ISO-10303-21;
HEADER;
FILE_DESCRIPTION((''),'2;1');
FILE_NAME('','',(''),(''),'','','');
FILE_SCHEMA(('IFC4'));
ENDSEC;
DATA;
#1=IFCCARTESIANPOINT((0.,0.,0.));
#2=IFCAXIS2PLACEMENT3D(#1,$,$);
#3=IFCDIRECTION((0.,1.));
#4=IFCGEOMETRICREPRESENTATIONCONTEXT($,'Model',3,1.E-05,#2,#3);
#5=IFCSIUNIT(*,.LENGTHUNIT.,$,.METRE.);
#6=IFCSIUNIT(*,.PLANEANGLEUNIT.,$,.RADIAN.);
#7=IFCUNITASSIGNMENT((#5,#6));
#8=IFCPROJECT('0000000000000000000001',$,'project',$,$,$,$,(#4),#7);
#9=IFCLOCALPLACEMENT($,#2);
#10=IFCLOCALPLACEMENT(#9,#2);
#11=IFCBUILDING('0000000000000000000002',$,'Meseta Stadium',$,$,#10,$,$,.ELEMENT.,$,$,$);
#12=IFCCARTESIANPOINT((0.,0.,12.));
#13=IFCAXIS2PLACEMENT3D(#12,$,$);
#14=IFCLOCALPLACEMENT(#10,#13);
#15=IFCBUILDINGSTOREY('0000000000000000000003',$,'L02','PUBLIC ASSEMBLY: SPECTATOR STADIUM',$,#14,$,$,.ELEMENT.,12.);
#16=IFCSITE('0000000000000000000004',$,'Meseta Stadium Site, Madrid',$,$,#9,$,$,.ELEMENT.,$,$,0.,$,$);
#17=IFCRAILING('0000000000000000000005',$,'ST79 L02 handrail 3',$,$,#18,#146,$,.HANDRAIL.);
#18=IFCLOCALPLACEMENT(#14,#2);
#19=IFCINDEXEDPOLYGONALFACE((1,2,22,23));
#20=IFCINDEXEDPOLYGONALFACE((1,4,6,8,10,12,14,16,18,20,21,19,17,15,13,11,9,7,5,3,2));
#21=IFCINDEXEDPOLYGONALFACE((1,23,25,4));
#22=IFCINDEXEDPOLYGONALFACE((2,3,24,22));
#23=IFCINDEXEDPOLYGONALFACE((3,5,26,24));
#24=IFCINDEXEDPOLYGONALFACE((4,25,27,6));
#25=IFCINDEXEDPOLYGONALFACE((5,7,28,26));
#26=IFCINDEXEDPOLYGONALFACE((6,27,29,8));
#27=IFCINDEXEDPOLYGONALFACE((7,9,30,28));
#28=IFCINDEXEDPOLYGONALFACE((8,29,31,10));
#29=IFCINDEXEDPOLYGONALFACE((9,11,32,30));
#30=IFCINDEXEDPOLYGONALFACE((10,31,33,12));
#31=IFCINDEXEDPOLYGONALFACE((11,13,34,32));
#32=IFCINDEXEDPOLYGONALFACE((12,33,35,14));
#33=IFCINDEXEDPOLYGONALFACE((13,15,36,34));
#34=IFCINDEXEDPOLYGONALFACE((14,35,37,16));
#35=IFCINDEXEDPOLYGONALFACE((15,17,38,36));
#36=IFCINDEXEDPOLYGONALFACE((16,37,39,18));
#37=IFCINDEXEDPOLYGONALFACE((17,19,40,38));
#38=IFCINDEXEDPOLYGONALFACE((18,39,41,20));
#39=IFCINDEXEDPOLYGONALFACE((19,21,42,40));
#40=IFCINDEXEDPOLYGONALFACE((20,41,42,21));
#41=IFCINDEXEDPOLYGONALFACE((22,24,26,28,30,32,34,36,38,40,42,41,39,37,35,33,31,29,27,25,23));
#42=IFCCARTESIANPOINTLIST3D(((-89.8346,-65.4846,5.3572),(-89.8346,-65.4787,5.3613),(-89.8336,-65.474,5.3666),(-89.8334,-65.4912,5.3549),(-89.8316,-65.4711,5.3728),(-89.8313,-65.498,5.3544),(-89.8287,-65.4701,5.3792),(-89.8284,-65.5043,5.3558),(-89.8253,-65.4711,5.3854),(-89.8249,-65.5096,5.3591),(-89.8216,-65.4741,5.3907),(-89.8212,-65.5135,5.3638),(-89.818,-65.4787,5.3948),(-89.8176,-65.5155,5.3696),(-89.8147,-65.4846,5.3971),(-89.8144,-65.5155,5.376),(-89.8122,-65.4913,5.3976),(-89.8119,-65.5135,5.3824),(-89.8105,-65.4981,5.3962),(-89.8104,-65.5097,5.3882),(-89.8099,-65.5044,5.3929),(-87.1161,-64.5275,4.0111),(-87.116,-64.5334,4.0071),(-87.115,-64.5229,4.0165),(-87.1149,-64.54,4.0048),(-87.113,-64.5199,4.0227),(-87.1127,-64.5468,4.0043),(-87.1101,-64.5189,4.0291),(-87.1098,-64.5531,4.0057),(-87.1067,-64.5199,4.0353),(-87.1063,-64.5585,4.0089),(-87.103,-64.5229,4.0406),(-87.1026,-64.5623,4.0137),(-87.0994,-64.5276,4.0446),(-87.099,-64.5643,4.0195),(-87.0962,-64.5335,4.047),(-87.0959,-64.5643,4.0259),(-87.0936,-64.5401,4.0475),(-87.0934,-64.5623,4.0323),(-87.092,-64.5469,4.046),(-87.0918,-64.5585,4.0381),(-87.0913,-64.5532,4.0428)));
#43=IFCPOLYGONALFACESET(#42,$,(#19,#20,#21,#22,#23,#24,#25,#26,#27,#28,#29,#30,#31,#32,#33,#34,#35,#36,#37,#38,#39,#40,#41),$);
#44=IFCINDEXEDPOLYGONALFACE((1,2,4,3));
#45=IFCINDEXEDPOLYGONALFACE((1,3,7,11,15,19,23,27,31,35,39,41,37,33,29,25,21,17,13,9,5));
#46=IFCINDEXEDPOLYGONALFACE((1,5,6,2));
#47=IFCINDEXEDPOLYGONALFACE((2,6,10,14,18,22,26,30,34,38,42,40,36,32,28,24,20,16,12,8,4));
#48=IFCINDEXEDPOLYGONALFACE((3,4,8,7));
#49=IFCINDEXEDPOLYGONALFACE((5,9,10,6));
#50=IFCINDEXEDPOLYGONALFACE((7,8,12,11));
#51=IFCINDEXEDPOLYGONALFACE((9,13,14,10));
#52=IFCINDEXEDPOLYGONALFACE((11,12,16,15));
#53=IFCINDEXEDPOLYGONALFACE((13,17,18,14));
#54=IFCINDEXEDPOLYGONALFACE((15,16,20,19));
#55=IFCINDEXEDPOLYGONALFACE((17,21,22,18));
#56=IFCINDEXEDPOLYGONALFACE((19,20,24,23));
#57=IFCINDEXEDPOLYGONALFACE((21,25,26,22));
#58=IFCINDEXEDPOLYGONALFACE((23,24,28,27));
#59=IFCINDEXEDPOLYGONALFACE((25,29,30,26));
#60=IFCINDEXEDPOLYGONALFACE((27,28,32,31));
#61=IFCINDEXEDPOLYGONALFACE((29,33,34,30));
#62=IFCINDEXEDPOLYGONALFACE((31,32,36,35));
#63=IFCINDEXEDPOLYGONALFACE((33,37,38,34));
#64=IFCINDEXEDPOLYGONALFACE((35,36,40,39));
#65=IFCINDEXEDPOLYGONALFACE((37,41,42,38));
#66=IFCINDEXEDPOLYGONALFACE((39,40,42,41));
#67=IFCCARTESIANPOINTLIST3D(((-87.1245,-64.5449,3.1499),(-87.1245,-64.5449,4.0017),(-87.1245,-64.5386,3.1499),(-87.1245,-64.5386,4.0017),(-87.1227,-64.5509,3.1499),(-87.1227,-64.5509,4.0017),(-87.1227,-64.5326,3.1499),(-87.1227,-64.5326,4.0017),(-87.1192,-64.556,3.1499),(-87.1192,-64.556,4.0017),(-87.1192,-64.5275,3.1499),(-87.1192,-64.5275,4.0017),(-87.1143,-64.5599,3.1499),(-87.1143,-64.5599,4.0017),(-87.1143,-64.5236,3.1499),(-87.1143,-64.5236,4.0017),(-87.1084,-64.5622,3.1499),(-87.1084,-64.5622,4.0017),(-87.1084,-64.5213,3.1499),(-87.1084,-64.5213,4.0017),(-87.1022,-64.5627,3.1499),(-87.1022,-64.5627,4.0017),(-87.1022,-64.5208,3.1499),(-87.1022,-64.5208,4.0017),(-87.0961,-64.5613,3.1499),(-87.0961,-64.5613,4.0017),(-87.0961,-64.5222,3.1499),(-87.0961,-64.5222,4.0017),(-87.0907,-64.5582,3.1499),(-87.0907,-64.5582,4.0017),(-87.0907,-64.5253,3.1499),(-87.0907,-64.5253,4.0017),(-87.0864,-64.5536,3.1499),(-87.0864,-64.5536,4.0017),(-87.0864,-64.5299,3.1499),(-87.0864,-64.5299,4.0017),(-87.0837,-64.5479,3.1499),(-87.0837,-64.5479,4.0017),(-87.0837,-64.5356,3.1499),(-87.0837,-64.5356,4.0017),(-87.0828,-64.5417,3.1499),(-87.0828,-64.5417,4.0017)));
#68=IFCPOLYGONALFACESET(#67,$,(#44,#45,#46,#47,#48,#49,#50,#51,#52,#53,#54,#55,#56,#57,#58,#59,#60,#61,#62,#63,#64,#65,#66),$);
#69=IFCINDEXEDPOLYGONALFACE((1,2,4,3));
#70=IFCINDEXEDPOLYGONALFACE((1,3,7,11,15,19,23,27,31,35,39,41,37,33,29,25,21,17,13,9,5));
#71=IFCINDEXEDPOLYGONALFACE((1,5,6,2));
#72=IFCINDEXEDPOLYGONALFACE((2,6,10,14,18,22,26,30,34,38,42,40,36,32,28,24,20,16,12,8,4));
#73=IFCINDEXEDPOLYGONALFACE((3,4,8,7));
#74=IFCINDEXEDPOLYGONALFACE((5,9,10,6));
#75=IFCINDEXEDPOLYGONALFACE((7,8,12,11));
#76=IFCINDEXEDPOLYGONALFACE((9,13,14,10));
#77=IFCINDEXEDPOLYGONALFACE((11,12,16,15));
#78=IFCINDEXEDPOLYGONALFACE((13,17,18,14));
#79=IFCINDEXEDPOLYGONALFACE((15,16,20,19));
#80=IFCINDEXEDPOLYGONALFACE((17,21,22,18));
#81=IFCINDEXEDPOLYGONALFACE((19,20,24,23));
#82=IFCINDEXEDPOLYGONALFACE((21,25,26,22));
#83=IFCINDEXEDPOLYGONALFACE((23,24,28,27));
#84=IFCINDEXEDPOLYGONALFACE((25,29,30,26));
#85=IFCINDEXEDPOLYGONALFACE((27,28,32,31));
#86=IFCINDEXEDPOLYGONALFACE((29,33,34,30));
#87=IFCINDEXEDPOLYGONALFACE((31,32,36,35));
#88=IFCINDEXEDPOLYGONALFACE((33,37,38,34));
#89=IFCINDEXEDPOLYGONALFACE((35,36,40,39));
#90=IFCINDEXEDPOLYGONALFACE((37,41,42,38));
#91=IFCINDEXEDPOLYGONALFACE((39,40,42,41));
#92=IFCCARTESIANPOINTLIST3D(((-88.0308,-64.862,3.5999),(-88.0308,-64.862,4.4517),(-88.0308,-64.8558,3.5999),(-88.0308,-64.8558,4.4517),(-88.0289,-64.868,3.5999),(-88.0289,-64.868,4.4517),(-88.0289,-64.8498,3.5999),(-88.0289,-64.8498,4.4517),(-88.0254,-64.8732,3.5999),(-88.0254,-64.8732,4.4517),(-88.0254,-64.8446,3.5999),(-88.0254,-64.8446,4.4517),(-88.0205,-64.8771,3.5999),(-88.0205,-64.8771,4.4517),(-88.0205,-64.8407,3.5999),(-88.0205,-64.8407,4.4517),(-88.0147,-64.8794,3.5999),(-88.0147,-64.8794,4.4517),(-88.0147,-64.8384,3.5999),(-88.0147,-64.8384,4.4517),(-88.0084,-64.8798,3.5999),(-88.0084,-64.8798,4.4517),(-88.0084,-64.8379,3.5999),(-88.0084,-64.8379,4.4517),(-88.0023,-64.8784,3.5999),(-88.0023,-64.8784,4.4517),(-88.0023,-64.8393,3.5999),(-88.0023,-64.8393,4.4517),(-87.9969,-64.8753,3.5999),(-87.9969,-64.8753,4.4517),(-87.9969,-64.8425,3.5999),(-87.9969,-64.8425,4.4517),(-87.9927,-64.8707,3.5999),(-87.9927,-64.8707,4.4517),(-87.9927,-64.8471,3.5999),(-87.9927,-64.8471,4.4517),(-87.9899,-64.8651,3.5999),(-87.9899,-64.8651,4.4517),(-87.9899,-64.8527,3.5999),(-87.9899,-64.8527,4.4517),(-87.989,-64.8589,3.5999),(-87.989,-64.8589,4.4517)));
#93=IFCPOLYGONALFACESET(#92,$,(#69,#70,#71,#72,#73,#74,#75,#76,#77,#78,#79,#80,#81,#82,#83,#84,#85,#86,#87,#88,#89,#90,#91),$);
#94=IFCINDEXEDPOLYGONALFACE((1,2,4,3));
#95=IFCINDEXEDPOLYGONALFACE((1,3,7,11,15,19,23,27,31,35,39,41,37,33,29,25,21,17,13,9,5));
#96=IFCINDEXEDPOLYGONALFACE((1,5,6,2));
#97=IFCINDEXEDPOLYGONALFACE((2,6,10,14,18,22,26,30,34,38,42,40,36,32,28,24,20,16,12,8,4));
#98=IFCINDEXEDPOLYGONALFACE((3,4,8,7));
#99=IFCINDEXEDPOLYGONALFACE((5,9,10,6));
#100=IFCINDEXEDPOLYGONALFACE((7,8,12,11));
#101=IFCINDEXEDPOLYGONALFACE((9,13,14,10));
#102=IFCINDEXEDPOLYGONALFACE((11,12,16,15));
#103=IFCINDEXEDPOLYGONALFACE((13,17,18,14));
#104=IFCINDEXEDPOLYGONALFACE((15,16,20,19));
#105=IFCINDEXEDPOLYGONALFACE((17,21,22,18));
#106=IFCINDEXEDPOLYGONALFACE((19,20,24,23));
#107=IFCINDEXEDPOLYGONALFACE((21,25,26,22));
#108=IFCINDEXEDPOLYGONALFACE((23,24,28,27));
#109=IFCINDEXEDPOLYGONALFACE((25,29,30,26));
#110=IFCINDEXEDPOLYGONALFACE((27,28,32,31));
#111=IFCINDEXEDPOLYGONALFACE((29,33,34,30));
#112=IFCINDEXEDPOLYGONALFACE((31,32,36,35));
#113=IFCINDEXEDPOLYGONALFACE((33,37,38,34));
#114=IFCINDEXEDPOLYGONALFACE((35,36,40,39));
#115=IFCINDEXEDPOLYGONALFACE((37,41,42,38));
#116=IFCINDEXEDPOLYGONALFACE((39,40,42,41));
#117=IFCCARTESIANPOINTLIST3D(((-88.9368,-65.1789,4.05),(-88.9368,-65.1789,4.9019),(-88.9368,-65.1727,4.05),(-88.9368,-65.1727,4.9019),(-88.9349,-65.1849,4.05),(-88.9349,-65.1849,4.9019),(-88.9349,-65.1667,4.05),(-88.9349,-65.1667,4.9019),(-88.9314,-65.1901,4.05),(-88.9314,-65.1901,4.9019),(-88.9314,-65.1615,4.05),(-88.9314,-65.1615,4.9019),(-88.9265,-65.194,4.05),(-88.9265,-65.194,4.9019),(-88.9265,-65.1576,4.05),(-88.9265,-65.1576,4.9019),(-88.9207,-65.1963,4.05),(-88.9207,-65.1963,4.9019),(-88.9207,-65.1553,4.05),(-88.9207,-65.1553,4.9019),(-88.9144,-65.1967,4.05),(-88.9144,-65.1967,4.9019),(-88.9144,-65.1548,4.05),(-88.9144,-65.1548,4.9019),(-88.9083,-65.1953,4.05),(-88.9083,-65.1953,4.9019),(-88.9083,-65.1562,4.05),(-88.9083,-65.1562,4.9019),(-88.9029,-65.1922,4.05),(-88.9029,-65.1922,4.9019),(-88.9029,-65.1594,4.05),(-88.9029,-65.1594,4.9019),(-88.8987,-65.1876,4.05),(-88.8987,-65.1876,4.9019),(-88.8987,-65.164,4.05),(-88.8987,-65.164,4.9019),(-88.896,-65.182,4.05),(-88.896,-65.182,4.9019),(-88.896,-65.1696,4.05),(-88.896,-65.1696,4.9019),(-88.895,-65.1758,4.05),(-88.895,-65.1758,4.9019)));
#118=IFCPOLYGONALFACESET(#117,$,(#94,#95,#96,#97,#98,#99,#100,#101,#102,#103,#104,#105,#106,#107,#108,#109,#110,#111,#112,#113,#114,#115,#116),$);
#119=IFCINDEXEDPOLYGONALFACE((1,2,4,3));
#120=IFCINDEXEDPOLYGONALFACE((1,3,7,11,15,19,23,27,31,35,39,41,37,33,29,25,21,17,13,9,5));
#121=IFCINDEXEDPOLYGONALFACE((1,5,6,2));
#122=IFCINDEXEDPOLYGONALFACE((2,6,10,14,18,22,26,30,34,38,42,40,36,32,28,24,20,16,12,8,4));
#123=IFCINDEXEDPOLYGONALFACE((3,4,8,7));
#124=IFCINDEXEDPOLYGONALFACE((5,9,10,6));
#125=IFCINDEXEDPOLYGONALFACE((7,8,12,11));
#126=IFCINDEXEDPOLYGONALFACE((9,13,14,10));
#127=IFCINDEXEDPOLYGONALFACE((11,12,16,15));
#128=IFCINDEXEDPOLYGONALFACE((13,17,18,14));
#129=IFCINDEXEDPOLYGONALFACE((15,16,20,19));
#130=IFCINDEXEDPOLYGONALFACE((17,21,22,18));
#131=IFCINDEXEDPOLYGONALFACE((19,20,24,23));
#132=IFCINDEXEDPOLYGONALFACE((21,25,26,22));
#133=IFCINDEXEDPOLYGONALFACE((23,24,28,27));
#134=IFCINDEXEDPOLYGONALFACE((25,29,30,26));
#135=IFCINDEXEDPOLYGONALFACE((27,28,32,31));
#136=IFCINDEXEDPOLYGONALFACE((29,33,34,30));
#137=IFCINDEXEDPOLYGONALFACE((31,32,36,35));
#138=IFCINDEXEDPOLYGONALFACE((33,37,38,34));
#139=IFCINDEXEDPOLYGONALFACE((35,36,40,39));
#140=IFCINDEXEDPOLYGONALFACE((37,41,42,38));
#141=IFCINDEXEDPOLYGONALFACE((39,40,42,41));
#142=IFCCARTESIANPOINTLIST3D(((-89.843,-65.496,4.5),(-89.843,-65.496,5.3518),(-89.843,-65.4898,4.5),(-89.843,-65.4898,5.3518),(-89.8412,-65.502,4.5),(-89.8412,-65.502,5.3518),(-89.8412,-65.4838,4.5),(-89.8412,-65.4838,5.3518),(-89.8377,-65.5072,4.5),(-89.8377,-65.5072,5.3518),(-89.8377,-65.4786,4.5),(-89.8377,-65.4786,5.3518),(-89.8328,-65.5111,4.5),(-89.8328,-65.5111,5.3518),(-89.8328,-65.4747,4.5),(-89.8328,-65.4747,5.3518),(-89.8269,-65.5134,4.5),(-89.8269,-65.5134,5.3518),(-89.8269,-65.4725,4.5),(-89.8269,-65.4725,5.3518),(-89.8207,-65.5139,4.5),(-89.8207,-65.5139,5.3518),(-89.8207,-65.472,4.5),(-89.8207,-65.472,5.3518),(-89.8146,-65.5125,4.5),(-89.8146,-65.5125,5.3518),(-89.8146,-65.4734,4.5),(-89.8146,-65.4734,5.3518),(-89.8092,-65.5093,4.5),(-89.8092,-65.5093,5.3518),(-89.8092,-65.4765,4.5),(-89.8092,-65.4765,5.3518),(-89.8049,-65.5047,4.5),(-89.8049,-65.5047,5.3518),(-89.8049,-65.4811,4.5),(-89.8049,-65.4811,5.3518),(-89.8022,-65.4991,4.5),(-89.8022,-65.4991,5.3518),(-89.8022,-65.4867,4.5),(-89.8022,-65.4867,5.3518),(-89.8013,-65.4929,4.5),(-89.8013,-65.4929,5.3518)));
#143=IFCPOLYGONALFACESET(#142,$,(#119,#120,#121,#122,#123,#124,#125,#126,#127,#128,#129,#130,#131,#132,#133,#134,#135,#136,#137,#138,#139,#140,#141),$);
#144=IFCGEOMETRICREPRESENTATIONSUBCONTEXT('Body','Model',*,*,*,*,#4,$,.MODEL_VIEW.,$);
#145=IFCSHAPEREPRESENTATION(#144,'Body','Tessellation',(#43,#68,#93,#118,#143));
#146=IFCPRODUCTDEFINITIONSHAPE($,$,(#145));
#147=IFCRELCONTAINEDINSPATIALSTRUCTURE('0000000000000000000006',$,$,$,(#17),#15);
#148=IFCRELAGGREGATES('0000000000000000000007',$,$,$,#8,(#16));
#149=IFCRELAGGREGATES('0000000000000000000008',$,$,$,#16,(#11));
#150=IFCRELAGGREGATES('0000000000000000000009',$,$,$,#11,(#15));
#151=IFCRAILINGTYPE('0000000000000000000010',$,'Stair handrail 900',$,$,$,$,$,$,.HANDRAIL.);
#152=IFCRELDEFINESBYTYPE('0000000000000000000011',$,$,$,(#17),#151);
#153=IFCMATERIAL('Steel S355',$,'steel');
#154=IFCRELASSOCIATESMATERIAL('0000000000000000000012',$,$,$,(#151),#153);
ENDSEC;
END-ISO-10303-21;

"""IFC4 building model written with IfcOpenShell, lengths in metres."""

from ifc_helpers import new_model, si_unit, direction, frame, origin, origin_2d, place, context, subcontext, project, spatial, circle, extrude, material, type_object, element, save


model = new_model("IFC4")

# Units and contexts
model_context = context("Model", 3, precision=1e-05, world=origin(), true_north=direction((0.0, 1.0)))
body_context = subcontext(model_context, "Body", "Model", "MODEL_VIEW")
ifc_project = project(units=[si_unit("LENGTHUNIT", "METRE"), si_unit("PLANEANGLEUNIT", "RADIAN")], contexts=[model_context])

# Site, building, storey
site_placement = place(None, origin())
site = spatial("IfcSite", under=ifc_project, at=site_placement, Name="Meseta Stadium Site, Madrid", CompositionType="ELEMENT", RefElevation=0.0)
building_placement = place(site_placement, origin())
building = spatial("IfcBuilding", under=site, at=building_placement, Name="Meseta Stadium", CompositionType="ELEMENT")
storey_placement = place(building_placement, frame((0.0, 0.0, 12.0)))
storey = spatial("IfcBuildingStorey", under=building, at=storey_placement, Name="L02", Description="PUBLIC ASSEMBLY: SPECTATOR STADIUM", CompositionType="ELEMENT", Elevation=12.0)

# Railing
ifc_material_1 = material(Name="Steel S355", Category="steel")
railing_type_1 = type_object("IfcRailingType", Name="Stair handrail 900", PredefinedType="HANDRAIL", material=ifc_material_1)
for number, where, name in (
    (1, (-87.1038, -64.5417, 3.1499), "ST79 L02 handrail 3"),
):
    element("IfcRailing", number, at=place(storey_placement, frame(where)), inside=storey, type_object=railing_type_1, Name=name, PredefinedType="HANDRAIL", context=body_context, shape_type="SweptSolid", body=[
        extrude(circle(Radius=0.0239, at=origin_2d()), frame((0.0, 0.0, 0.876), z_axis=(-0.854649, -0.299031, 0.424446), x_axis=(0.330256, -0.943891, 0.0)), (0.0, 0.0, 1.0), 3.1809),
        extrude(circle(Radius=0.021, at=origin_2d()), origin(), (0.0, 0.0, 1.0), 0.8518),
        extrude(circle(Radius=0.021, at=origin_2d()), frame((-0.9062, -0.3171, 0.45)), (0.0, 0.0, 1.0), 0.8518),
        extrude(circle(Radius=0.021, at=origin_2d()), frame((-1.8123, -0.634, 0.9001)), (0.0, 0.0, 1.0), 0.8518),
        extrude(circle(Radius=0.021, at=origin_2d()), frame((-2.7185, -0.9512, 1.3501)), (0.0, 0.0, 1.0), 0.8518),
    ])

save(model, "model.ifc")
